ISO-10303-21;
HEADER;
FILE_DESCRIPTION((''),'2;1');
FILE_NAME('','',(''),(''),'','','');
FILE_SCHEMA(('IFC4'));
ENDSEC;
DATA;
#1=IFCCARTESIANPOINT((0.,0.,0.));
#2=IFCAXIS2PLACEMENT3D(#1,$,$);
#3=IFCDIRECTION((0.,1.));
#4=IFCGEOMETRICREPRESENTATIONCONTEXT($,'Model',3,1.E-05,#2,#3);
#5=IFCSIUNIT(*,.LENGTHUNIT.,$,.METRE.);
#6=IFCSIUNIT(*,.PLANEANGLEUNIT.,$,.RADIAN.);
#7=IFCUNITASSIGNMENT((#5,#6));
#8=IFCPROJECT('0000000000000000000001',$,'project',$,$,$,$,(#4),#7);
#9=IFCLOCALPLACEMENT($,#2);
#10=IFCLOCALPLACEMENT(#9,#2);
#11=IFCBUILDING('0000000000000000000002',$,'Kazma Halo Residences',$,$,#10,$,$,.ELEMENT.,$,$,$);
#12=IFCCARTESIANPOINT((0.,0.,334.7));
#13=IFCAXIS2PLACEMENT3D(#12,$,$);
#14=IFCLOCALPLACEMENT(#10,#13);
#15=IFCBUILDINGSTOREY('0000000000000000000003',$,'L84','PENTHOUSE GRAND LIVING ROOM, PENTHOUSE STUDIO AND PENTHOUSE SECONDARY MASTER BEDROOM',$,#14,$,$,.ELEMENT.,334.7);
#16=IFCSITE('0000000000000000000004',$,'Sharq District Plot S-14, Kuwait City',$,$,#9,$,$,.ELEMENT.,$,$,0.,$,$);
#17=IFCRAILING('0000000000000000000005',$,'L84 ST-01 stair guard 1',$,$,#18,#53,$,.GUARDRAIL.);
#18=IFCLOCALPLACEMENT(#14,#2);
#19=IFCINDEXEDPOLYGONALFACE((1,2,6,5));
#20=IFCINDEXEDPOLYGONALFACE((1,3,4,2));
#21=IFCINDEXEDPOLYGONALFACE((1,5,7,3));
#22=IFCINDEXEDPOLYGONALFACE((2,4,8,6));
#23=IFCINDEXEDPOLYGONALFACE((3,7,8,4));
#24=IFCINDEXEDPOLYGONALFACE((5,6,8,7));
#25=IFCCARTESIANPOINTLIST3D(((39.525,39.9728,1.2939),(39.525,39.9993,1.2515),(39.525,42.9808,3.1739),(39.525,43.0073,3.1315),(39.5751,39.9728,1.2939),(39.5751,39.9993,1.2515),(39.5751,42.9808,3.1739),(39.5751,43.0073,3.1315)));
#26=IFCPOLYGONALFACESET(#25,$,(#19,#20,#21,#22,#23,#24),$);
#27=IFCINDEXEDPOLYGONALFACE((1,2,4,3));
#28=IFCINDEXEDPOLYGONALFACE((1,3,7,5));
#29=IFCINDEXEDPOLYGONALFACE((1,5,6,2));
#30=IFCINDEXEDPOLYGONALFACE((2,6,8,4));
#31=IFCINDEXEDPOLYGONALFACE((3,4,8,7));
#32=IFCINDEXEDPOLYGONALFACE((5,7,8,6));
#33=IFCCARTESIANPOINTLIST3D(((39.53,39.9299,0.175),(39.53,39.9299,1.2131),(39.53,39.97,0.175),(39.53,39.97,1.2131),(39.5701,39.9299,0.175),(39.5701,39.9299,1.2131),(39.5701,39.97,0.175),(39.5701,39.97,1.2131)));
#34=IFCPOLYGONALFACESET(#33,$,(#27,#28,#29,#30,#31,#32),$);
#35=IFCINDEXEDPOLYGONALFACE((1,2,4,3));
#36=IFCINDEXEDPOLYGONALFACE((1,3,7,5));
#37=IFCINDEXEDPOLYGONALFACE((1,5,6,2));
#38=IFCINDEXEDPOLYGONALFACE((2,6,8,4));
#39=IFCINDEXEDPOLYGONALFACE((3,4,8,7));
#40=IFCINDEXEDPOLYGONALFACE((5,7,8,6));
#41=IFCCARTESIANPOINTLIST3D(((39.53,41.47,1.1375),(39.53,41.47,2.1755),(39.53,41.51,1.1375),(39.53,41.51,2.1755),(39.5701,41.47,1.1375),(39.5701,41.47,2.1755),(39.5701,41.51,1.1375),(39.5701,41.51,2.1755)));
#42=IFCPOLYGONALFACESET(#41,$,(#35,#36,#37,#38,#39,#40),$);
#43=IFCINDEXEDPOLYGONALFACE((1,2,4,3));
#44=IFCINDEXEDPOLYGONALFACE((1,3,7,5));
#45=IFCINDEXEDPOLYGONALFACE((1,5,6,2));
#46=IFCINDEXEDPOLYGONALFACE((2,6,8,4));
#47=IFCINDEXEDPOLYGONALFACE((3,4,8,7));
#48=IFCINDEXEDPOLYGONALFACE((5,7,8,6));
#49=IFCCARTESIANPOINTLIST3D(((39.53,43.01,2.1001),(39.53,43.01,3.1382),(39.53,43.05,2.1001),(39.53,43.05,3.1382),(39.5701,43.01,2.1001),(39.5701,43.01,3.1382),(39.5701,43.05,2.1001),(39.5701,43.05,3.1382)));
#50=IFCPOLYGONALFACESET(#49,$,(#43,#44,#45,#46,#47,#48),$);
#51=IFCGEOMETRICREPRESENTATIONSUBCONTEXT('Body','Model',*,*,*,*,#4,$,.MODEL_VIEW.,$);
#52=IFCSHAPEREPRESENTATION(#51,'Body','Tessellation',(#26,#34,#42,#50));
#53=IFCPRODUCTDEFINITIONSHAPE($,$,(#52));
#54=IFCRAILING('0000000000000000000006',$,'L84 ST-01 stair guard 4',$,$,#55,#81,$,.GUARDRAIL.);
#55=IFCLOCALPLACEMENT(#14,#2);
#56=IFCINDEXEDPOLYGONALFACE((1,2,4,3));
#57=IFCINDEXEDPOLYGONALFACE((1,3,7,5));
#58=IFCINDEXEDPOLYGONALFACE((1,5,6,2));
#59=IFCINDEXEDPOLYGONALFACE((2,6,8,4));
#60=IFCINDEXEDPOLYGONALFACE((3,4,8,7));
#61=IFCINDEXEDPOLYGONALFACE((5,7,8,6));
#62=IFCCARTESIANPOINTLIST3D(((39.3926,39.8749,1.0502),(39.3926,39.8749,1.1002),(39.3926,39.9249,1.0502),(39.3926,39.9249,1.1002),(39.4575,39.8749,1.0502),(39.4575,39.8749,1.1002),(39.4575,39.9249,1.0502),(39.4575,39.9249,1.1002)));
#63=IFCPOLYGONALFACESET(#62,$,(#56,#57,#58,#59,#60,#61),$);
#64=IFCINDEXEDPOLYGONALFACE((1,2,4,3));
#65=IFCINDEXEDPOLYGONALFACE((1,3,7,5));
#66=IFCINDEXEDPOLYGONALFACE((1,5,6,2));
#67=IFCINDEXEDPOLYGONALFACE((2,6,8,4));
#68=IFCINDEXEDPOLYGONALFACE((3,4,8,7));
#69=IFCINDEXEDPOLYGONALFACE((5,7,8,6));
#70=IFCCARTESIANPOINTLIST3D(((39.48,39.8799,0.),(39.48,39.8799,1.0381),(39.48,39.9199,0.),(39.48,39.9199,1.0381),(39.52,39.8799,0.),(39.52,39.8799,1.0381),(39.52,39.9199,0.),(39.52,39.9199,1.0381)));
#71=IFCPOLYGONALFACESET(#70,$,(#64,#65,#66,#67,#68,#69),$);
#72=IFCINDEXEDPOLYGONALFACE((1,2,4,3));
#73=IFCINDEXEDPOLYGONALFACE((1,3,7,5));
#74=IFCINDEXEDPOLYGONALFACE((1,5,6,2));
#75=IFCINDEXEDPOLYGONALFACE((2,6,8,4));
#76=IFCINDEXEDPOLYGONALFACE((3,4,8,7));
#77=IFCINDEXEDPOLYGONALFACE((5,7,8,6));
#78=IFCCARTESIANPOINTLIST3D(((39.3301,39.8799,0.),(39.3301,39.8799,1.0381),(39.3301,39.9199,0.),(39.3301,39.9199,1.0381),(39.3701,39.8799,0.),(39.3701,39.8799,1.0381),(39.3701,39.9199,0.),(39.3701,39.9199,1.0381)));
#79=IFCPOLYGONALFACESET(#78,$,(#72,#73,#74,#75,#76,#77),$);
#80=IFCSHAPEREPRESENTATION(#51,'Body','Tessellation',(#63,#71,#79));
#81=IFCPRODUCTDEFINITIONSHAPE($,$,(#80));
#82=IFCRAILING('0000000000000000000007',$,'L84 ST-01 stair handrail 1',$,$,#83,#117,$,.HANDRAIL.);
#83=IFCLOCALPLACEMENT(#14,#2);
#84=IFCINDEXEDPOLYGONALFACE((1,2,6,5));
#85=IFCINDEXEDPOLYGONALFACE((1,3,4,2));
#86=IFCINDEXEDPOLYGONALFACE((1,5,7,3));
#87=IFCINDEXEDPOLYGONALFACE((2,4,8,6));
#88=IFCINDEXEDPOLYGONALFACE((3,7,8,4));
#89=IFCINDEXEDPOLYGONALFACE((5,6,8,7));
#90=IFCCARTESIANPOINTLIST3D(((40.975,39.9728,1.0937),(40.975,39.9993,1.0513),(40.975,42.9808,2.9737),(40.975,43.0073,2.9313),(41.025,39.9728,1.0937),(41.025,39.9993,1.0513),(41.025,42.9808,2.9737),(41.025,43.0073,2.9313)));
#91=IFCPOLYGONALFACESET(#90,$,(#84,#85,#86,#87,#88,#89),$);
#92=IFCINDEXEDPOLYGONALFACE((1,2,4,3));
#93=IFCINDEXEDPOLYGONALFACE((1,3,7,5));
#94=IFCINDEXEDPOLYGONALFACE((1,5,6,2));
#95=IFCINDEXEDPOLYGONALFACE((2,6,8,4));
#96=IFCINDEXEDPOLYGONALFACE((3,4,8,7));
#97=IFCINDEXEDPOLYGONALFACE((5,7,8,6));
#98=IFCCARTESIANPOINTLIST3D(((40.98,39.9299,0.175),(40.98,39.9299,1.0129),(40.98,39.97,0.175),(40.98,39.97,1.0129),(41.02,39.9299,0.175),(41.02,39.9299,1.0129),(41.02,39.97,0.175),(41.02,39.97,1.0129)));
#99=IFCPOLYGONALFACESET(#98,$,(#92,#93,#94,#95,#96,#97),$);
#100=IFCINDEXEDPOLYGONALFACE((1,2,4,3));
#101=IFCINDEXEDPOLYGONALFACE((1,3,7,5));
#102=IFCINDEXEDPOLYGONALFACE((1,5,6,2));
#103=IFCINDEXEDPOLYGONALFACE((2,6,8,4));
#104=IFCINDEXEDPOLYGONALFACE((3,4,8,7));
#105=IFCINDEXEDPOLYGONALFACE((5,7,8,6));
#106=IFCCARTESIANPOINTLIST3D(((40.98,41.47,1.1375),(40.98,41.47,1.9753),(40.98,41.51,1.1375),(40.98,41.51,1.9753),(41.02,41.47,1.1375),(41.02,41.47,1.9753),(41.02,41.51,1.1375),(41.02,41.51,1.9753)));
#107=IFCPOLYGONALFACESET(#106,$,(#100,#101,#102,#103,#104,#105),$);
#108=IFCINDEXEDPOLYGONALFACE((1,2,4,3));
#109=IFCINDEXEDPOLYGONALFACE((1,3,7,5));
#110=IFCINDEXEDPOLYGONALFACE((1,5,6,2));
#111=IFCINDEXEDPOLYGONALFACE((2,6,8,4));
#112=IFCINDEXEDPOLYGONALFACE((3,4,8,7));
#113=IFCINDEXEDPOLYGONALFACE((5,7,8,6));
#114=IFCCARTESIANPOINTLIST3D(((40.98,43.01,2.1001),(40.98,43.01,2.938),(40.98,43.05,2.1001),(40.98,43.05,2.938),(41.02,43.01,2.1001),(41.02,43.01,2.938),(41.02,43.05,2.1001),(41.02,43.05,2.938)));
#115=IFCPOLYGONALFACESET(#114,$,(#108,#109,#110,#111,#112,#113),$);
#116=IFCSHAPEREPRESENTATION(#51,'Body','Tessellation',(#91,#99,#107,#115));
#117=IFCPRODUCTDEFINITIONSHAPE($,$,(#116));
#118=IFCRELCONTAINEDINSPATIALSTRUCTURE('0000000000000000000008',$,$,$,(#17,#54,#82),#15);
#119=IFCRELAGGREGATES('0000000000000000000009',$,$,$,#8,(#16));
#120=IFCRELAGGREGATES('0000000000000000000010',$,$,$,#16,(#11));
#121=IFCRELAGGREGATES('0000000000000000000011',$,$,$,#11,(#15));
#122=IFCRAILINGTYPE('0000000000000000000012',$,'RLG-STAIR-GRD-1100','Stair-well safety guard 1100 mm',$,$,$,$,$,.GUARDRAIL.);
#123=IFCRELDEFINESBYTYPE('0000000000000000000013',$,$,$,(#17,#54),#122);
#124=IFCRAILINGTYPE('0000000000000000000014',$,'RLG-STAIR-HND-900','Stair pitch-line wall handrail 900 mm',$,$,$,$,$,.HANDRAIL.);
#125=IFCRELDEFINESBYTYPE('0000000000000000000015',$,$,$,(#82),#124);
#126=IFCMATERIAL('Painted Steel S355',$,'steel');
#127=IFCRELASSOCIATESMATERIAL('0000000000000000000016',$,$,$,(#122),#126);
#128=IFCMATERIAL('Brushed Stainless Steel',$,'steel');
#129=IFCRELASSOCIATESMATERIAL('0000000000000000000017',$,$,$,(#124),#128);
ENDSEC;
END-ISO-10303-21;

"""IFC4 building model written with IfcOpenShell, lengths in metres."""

from ifc_helpers import new_model, si_unit, direction, frame, origin, origin_2d, place, context, subcontext, project, spatial, rectangle, extrude, material, type_object, element, save


model = new_model("IFC4")

# Units and contexts
model_context = context("Model", 3, precision=1e-05, world=origin(), true_north=direction((0.0, 1.0)))
body_context = subcontext(model_context, "Body", "Model", "MODEL_VIEW")
ifc_project = project(units=[si_unit("LENGTHUNIT", "METRE"), si_unit("PLANEANGLEUNIT", "RADIAN")], contexts=[model_context])

# Site, building, storey
site_placement = place(None, origin())
site = spatial("IfcSite", under=ifc_project, at=site_placement, Name="Sharq District Plot S-14, Kuwait City", CompositionType="ELEMENT", RefElevation=0.0)
building_placement = place(site_placement, origin())
building = spatial("IfcBuilding", under=site, at=building_placement, Name="Kazma Halo Residences", CompositionType="ELEMENT")
storey_placement = place(building_placement, frame((0.0, 0.0, 334.7)))
storey = spatial("IfcBuildingStorey", under=building, at=storey_placement, Name="L84", Description="PENTHOUSE GRAND LIVING ROOM, PENTHOUSE STUDIO AND PENTHOUSE SECONDARY MASTER BEDROOM", CompositionType="ELEMENT", Elevation=334.7)

# Railings
ifc_material_1 = material(Name="Painted Steel S355", Category="steel")
railing_type_1 = type_object("IfcRailingType", Name="RLG-STAIR-GRD-1100", Description="Stair-well safety guard 1100 mm", PredefinedType="GUARDRAIL", material=ifc_material_1)
railing_1_placement = place(storey_placement, frame((39.55, 39.95, 0.175)))
element("IfcRailing", 1, at=railing_1_placement, inside=storey, type_object=railing_type_1, Name="L84 ST-01 stair guard 1", PredefinedType="GUARDRAIL", context=body_context, shape_type="SweptSolid", body=[
    extrude(rectangle(XDim=0.05, YDim=0.05, at=origin_2d()), frame((0.0, 0.0361, 1.0977), z_axis=(0.0, 0.847998, 0.529999), x_axis=(-1.0, 0.0, 0.0)), (0.0, 0.0, 1.0), 3.5471),
    extrude(rectangle(XDim=0.04, YDim=0.04, at=origin_2d()), origin(), (0.0, 0.0, 1.0), 1.0381),
    extrude(rectangle(XDim=0.04, YDim=0.04, at=origin_2d()), frame((0.0, 1.54, 0.9624)), (0.0, 0.0, 1.0), 1.0381),
    extrude(rectangle(XDim=0.04, YDim=0.04, at=origin_2d()), frame((0.0, 3.0801, 1.925)), (0.0, 0.0, 1.0), 1.0381),
])
railing_2_placement = place(storey_placement, frame((39.5, 39.8999, 0.0)))
element("IfcRailing", 2, at=railing_2_placement, inside=storey, type_object=railing_type_1, Name="L84 ST-01 stair guard 4", PredefinedType="GUARDRAIL", context=body_context, shape_type="SweptSolid", body=[
    extrude(rectangle(XDim=0.05, YDim=0.05, at=origin_2d()), frame((-0.0425, 0.0, 1.0752), z_axis=(-1.0, 0.0, 0.0), x_axis=(0.0, -1.0, 0.0)), (0.0, 0.0, 1.0), 0.0649),
    extrude(rectangle(XDim=0.04, YDim=0.04, at=origin_2d()), origin(), (0.0, 0.0, 1.0), 1.0381),
    extrude(rectangle(XDim=0.04, YDim=0.04, at=origin_2d()), frame((-0.1499, 0.0, 0.0)), (0.0, 0.0, 1.0), 1.0381),
])
ifc_material_2 = material(Name="Brushed Stainless Steel", Category="steel")
railing_type_2 = type_object("IfcRailingType", Name="RLG-STAIR-HND-900", Description="Stair pitch-line wall handrail 900 mm", PredefinedType="HANDRAIL", material=ifc_material_2)
railing_3_placement = place(storey_placement, frame((41.0, 39.95, 0.175)))
element("IfcRailing", 3, at=railing_3_placement, inside=storey, type_object=railing_type_2, Name="L84 ST-01 stair handrail 1", PredefinedType="HANDRAIL", context=body_context, shape_type="SweptSolid", body=[
    extrude(rectangle(XDim=0.05, YDim=0.05, at=origin_2d()), frame((0.0, 0.0361, 0.8975), z_axis=(0.0, 0.847998, 0.529999), x_axis=(-1.0, 0.0, 0.0)), (0.0, 0.0, 1.0), 3.5471),
    extrude(rectangle(XDim=0.04, YDim=0.04, at=origin_2d()), origin(), (0.0, 0.0, 1.0), 0.8379),
    extrude(rectangle(XDim=0.04, YDim=0.04, at=origin_2d()), frame((0.0, 1.54, 0.9624)), (0.0, 0.0, 1.0), 0.8379),
    extrude(rectangle(XDim=0.04, YDim=0.04, at=origin_2d()), frame((0.0, 3.0801, 1.925)), (0.0, 0.0, 1.0), 0.8379),
])

save(model, "model.ifc")
